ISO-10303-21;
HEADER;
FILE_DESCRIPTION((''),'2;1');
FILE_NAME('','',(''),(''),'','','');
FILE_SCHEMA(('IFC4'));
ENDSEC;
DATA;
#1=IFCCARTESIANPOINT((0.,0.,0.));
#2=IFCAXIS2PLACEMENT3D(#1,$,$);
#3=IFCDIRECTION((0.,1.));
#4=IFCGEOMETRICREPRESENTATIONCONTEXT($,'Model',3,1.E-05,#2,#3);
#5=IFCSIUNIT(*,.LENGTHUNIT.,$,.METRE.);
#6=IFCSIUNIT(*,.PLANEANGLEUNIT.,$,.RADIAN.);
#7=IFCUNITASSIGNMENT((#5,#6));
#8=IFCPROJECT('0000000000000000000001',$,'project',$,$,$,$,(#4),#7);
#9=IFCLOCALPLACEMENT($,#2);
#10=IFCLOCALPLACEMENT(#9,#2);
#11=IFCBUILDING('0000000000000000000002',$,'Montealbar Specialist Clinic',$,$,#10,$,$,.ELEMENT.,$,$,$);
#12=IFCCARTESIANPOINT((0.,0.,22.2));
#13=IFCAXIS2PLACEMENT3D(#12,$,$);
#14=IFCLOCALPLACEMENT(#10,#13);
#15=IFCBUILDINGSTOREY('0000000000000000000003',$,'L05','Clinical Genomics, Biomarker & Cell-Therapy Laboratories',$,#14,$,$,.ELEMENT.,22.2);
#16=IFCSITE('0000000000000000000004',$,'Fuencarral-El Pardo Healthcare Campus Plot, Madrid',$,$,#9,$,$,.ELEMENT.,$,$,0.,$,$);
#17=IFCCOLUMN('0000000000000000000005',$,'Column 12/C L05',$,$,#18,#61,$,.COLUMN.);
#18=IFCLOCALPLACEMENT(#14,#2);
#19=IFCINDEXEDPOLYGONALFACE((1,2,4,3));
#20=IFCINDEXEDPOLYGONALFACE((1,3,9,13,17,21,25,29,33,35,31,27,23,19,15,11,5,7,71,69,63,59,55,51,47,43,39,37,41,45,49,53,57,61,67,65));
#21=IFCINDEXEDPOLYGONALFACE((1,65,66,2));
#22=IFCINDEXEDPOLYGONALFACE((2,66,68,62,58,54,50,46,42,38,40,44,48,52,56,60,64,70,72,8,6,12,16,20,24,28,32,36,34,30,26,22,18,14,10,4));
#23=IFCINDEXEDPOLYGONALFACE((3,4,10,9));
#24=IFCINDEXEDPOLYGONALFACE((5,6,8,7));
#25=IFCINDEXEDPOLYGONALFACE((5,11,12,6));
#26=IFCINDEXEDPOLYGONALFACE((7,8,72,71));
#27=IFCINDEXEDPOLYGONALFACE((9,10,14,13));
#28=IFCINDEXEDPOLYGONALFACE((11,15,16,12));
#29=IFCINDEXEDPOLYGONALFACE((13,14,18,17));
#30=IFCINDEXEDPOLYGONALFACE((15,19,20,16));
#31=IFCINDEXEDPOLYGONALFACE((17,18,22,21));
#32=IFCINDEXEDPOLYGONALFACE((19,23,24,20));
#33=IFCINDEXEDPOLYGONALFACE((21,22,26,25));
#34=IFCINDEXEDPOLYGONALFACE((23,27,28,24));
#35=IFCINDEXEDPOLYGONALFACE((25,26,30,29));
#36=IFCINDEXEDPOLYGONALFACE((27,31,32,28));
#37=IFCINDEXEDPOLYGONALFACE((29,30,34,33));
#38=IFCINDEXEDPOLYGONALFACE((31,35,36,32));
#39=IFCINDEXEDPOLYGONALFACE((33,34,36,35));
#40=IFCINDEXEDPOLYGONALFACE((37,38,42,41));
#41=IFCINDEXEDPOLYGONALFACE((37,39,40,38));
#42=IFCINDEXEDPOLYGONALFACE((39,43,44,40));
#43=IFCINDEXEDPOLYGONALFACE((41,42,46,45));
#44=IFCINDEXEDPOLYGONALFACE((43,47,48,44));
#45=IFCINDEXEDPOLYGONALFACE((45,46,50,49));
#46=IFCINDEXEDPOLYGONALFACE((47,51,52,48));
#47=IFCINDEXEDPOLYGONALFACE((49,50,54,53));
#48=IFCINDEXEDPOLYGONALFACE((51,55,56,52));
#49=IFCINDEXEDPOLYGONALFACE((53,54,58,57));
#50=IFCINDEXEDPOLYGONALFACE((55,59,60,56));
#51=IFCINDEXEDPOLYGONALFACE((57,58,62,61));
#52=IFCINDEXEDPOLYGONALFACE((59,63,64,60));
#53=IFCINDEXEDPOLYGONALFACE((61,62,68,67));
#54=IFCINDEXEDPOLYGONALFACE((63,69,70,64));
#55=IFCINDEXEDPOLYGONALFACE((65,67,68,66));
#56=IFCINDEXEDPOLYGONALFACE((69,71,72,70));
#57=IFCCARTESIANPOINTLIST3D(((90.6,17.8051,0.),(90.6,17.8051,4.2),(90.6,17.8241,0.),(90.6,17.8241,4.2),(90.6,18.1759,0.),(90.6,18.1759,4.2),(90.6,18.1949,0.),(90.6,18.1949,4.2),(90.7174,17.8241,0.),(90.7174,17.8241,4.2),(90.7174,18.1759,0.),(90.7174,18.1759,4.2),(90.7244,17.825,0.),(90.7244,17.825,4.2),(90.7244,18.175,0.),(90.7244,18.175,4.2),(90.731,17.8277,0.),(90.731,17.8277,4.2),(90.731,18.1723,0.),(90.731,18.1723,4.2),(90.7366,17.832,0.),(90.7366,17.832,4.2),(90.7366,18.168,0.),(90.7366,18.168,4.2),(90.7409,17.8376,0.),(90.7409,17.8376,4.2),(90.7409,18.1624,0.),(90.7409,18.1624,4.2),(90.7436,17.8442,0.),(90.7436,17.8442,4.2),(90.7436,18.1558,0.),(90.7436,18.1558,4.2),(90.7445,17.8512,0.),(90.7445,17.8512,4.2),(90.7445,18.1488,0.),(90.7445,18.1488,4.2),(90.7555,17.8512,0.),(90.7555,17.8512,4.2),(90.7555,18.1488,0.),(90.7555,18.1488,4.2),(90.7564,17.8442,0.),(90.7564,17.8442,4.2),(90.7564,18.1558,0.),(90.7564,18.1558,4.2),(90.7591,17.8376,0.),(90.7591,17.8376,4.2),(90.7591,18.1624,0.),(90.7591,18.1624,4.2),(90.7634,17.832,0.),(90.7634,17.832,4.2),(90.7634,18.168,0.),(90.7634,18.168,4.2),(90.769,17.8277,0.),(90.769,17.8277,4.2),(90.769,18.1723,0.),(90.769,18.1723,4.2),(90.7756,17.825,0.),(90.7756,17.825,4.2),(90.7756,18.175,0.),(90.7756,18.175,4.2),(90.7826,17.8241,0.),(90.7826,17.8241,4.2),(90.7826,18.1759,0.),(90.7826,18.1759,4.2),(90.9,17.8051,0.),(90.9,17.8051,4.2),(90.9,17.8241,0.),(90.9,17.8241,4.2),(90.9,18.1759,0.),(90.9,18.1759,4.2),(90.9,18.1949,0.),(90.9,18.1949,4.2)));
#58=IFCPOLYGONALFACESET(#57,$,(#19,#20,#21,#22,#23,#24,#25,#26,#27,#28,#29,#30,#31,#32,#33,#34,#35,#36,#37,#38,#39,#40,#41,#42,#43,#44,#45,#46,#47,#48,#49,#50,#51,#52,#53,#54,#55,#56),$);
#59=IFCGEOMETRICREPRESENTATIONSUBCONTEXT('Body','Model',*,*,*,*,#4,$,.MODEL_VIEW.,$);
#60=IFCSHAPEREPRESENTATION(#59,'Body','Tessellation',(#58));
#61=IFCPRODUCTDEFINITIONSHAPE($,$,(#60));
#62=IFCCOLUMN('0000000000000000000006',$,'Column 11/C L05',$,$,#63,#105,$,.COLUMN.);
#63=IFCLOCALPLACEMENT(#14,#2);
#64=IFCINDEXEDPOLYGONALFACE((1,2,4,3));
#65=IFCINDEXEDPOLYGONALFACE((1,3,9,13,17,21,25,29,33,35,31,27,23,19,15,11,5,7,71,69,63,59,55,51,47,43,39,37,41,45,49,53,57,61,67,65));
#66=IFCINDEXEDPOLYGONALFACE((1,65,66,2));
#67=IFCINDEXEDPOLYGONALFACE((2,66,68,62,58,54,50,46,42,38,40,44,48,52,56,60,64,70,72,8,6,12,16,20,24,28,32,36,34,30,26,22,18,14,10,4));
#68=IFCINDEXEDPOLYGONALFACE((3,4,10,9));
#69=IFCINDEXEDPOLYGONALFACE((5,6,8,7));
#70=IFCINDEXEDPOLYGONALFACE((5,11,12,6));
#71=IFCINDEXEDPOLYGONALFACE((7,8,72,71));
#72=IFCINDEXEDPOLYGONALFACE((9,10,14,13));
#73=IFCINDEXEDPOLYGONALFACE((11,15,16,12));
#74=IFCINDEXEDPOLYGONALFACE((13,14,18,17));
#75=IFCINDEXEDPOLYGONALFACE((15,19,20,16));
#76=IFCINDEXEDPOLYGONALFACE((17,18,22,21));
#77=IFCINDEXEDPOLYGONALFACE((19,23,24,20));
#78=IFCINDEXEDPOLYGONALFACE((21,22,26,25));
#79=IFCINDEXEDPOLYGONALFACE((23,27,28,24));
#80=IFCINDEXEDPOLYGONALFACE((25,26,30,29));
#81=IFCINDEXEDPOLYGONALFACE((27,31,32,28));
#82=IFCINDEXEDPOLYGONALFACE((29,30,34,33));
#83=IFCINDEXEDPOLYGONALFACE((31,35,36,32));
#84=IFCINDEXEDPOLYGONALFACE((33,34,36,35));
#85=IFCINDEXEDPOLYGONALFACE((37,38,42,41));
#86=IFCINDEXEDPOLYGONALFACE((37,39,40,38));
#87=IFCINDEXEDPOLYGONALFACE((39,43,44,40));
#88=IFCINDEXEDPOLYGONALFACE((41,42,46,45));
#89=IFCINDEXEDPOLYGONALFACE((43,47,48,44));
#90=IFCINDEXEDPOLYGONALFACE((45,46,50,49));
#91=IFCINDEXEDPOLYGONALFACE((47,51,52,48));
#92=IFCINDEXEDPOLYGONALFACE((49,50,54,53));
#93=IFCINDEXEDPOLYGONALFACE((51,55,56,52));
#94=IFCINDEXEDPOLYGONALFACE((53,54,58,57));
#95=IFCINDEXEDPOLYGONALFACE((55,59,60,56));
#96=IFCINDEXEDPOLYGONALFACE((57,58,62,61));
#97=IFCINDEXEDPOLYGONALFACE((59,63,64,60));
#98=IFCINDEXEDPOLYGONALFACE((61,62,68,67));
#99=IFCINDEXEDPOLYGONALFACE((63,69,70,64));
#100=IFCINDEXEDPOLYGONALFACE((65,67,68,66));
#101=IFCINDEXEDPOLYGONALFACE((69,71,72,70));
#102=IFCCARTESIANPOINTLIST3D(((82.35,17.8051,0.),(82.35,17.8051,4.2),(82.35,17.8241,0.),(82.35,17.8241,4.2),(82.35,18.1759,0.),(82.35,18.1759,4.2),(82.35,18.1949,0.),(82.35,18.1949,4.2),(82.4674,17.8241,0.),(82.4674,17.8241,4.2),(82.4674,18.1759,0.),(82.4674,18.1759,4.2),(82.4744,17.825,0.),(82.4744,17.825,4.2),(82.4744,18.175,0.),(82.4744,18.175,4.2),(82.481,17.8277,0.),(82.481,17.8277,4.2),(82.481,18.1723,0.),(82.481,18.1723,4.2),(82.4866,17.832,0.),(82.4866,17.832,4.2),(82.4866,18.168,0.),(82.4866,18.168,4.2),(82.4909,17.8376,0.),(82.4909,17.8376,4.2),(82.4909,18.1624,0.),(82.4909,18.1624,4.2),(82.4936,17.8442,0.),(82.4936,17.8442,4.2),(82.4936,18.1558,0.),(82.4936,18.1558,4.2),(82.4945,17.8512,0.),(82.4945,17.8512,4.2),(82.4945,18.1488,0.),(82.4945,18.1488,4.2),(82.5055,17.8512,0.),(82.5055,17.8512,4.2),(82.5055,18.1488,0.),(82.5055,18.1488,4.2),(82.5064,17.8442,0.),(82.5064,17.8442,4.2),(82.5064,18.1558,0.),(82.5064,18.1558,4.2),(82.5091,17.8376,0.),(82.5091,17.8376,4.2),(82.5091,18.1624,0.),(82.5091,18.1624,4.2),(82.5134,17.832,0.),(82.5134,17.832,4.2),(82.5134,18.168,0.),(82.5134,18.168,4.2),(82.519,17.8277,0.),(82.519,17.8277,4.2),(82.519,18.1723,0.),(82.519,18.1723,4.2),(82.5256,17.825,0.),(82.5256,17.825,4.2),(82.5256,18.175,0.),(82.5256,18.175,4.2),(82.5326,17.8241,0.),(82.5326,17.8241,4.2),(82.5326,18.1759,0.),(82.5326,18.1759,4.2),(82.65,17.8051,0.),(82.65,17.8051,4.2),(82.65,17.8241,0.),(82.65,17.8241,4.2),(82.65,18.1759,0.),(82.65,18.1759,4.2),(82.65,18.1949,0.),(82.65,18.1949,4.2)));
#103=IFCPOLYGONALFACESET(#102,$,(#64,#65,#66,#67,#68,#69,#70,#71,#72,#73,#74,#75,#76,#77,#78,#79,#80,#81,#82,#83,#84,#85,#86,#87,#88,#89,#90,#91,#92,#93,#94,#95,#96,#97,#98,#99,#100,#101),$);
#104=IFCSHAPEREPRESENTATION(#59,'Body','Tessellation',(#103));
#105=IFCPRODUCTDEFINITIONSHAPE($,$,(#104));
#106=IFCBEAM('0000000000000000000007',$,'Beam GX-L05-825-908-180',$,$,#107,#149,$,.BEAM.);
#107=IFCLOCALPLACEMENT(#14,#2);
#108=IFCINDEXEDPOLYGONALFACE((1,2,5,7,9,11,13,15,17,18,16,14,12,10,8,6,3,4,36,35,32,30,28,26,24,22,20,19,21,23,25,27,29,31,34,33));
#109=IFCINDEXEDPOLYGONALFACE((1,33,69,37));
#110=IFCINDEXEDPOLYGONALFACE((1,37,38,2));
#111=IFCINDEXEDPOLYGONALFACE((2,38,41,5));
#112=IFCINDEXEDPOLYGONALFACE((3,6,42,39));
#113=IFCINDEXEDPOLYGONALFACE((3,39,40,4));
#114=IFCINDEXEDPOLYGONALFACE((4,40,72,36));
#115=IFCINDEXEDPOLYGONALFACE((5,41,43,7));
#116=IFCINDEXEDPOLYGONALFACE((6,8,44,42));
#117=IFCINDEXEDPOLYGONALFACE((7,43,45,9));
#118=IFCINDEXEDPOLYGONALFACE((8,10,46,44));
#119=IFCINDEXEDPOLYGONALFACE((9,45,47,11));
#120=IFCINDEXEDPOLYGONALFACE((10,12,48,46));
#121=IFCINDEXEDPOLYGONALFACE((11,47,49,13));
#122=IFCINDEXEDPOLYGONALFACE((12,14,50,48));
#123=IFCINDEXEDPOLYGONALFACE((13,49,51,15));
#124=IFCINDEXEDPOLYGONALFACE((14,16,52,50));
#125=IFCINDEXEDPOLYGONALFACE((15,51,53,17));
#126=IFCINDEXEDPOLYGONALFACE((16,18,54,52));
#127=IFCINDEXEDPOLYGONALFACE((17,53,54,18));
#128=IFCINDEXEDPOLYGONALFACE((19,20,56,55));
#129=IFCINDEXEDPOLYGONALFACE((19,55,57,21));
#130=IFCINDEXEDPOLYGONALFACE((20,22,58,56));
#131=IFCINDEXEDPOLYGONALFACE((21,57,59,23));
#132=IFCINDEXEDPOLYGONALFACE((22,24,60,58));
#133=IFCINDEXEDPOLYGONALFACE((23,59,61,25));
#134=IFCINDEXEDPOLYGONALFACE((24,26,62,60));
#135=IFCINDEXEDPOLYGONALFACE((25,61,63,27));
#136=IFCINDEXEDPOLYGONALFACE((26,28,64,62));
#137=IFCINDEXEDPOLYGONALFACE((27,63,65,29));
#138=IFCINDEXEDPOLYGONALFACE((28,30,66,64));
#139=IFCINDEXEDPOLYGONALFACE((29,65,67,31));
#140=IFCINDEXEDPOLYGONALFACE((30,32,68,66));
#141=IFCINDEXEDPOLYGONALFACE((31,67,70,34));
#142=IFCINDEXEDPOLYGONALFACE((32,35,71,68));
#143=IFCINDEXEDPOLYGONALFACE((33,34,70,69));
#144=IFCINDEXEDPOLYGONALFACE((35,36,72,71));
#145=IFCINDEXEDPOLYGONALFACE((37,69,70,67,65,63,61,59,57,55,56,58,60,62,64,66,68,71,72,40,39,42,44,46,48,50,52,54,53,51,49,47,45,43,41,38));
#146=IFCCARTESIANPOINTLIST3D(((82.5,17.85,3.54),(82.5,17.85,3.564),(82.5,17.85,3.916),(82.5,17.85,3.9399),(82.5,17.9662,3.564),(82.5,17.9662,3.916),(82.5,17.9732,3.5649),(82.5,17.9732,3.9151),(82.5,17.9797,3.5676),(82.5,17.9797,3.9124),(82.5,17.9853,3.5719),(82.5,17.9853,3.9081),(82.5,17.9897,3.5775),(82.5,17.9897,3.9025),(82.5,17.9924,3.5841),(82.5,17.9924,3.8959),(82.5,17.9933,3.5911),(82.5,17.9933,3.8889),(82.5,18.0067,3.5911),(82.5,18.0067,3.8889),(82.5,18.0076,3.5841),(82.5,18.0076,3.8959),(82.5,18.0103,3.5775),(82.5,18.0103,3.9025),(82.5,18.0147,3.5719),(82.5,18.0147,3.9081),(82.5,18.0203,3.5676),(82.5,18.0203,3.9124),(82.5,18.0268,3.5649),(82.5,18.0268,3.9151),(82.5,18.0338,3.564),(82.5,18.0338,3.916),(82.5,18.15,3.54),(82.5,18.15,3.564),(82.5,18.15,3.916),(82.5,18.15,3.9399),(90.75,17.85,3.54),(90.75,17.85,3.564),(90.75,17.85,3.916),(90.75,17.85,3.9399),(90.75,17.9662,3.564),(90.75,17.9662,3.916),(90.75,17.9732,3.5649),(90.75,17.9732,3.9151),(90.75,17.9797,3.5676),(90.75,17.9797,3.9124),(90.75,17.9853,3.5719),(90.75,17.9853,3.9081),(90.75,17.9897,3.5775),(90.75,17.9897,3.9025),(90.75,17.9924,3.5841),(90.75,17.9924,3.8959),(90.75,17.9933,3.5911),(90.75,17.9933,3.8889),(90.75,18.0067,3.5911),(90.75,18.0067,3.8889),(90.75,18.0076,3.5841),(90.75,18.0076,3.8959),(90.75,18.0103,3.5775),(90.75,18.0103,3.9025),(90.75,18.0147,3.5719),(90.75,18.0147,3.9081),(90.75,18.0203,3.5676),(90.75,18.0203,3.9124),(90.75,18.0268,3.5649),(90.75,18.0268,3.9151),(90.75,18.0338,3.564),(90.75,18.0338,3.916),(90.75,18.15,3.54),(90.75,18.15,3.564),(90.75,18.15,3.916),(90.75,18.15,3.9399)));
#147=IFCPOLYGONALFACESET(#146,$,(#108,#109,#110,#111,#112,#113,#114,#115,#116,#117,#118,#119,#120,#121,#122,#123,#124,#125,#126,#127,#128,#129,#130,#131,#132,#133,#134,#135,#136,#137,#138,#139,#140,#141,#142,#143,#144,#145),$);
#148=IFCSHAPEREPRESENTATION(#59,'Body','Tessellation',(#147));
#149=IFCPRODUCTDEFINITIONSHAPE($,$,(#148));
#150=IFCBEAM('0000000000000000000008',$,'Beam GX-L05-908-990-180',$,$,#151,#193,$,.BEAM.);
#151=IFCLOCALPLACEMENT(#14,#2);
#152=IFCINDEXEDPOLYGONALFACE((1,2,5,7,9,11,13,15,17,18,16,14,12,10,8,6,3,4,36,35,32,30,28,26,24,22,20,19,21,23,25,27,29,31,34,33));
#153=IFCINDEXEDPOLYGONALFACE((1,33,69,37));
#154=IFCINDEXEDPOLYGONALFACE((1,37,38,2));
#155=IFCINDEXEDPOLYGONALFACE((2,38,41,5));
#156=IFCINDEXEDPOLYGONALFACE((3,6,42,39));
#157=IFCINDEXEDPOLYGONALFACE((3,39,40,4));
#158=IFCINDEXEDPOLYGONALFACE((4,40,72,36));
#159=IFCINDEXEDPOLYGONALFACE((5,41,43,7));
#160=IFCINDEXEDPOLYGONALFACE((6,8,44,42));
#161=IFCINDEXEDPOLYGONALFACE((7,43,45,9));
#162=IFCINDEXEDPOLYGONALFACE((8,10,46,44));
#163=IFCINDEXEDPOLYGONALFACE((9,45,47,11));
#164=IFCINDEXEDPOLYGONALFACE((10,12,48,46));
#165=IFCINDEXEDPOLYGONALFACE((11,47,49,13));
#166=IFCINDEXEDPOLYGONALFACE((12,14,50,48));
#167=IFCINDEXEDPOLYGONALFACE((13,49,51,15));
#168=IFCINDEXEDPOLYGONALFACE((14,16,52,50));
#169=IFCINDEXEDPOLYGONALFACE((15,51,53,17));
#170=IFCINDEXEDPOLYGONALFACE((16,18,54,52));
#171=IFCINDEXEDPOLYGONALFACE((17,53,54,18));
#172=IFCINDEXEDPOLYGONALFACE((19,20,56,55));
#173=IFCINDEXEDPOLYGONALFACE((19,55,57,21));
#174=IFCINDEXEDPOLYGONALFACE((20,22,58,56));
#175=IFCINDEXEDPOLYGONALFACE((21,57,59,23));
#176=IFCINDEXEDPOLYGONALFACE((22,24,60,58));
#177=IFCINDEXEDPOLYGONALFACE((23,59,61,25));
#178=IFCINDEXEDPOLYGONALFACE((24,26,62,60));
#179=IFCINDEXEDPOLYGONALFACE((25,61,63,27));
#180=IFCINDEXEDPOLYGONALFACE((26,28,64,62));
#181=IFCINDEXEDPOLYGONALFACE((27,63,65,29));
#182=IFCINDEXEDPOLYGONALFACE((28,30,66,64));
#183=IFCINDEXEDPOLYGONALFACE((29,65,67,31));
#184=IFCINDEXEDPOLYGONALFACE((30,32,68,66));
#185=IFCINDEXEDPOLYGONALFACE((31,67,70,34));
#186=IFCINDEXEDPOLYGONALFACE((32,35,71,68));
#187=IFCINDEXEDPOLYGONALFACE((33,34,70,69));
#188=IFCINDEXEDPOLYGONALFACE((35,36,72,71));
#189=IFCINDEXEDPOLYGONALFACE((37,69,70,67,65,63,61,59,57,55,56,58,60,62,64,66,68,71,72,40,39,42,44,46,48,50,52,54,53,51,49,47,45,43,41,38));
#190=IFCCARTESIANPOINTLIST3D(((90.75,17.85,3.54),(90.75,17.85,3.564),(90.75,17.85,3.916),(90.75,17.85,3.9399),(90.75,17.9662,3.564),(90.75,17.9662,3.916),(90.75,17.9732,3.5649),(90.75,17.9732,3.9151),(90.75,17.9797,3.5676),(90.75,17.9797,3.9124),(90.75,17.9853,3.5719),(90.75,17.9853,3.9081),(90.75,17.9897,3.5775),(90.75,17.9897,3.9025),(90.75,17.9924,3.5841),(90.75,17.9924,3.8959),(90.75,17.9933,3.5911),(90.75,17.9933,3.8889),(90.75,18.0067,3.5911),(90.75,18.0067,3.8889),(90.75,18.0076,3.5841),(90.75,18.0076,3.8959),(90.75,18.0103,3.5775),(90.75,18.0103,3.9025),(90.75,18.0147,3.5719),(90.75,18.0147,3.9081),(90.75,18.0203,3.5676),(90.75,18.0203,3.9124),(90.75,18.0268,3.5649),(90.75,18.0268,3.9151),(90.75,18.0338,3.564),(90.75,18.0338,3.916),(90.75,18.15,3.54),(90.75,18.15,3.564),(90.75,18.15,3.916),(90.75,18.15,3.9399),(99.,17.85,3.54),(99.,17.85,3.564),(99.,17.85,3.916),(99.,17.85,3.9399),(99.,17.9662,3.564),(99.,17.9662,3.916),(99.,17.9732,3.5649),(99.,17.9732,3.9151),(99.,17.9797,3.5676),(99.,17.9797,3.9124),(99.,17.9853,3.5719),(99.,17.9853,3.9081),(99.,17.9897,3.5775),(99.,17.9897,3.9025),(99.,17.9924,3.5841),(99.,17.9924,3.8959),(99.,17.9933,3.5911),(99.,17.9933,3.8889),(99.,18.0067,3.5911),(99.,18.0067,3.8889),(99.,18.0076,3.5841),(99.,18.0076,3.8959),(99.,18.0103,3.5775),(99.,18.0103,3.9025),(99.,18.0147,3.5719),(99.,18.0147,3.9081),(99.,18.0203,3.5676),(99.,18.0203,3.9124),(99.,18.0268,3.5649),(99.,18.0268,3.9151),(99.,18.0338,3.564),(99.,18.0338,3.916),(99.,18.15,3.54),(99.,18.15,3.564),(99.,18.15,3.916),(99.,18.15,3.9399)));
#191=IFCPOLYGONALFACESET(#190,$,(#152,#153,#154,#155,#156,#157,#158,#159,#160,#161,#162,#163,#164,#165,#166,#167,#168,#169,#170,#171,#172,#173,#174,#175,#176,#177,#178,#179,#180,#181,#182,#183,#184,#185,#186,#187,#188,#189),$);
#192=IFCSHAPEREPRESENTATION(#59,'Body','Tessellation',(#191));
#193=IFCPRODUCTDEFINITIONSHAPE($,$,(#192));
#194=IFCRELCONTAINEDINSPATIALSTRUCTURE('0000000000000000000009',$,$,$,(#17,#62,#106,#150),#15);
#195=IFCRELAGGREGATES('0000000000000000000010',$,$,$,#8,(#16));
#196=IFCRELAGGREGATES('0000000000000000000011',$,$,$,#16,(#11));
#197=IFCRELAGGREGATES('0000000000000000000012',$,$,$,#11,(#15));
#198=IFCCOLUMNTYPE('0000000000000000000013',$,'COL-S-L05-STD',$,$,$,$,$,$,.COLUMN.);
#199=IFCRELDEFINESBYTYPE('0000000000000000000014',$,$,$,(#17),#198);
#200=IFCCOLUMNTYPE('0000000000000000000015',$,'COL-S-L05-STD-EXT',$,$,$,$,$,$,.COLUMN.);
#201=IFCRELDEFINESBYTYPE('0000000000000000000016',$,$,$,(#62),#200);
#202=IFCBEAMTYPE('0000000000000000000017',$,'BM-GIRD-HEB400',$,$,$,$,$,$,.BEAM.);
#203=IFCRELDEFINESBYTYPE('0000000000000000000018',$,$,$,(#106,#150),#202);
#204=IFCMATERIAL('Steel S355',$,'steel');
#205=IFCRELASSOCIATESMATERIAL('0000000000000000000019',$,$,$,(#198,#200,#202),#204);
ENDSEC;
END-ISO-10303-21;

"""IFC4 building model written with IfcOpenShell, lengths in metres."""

from ifc_helpers import new_model, si_unit, direction, frame, origin, origin_2d, place, context, subcontext, project, spatial, i_section, extrude, material, material_profile, profile_set, type_object, element, save


model = new_model("IFC4")

# Units and contexts
model_context = context("Model", 3, precision=1e-05, world=origin(), true_north=direction((0.0, 1.0)))
body_context = subcontext(model_context, "Body", "Model", "MODEL_VIEW")
ifc_project = project(units=[si_unit("LENGTHUNIT", "METRE"), si_unit("PLANEANGLEUNIT", "RADIAN")], contexts=[model_context])

# Site, building, storey
site_placement = place(None, origin())
site = spatial("IfcSite", under=ifc_project, at=site_placement, Name="Fuencarral-El Pardo Healthcare Campus Plot, Madrid", CompositionType="ELEMENT", RefElevation=0.0)
building_placement = place(site_placement, origin())
building = spatial("IfcBuilding", under=site, at=building_placement, Name="Montealbar Specialist Clinic", CompositionType="ELEMENT")
storey_placement = place(building_placement, frame((0.0, 0.0, 22.2)))
storey = spatial("IfcBuildingStorey", under=building, at=storey_placement, Name="L05", Description="Clinical Genomics, Biomarker & Cell-Therapy Laboratories", CompositionType="ELEMENT", Elevation=22.2)

# Columns
ifc_material_1 = material(Name="Steel S355", Category="steel")
ifc_material_profile_1 = material_profile(ifc_material_1, i_section(OverallWidth=0.3, OverallDepth=0.3899, WebThickness=0.011, FlangeThickness=0.019, FilletRadius=0.0271, at=origin_2d()), Name="HEA 400", Category="steel")
ifc_profile_set_1 = profile_set([ifc_material_profile_1], Name="Steel S355")
column_type_1 = type_object("IfcColumnType", Name="COL-S-L05-STD", PredefinedType="COLUMN", material=ifc_profile_set_1)
column_1_placement = place(storey_placement, frame((90.75, 18.0, 0.0), z_axis=(0.0, 0.0, 1.0), x_axis=(1.0, 0.0, 0.0)))
element("IfcColumn", 1, at=column_1_placement, inside=storey, type_object=column_type_1, Name="Column 12/C L05", PredefinedType="COLUMN", context=body_context, shape_type="SweptSolid", body=[
    extrude(i_section(OverallWidth=0.3, OverallDepth=0.3899, WebThickness=0.011, FlangeThickness=0.019, FilletRadius=0.0271, at=origin_2d()), origin(), (0.0, 0.0, 1.0), 4.2),
])
ifc_material_profile_2 = material_profile(ifc_material_1, i_section(OverallWidth=0.3, OverallDepth=0.3899, WebThickness=0.011, FlangeThickness=0.019, FilletRadius=0.0271, at=origin_2d()), Name="HEA 400", Category="steel")
ifc_profile_set_2 = profile_set([ifc_material_profile_2], Name="Steel S355")
column_type_2 = type_object("IfcColumnType", Name="COL-S-L05-STD-EXT", PredefinedType="COLUMN", material=ifc_profile_set_2)
column_2_placement = place(storey_placement, frame((82.5, 18.0, 0.0), z_axis=(0.0, 0.0, 1.0), x_axis=(1.0, 0.0, 0.0)))
element("IfcColumn", 2, at=column_2_placement, inside=storey, type_object=column_type_2, Name="Column 11/C L05", PredefinedType="COLUMN", context=body_context, shape_type="SweptSolid", body=[
    extrude(i_section(OverallWidth=0.3, OverallDepth=0.3899, WebThickness=0.011, FlangeThickness=0.019, FilletRadius=0.0271, at=origin_2d()), origin(), (0.0, 0.0, 1.0), 4.2),
])

# Beams
ifc_material_profile_3 = material_profile(ifc_material_1, i_section(OverallWidth=0.3, OverallDepth=0.3999, WebThickness=0.0134, FlangeThickness=0.0239, FilletRadius=0.0271, at=origin_2d()), Name="HEB 400", Category="steel")
ifc_profile_set_3 = profile_set([ifc_material_profile_3], Name="Steel S355")
beam_type_1 = type_object("IfcBeamType", Name="BM-GIRD-HEB400", PredefinedType="BEAM", material=ifc_profile_set_3)
for number, where, z_axis, x_axis, name in (
    (3, (82.5, 18.0, 3.74), (1.0, 0.0, 0.0), (0.0, 1.0, 0.0), "Beam GX-L05-825-908-180"),
    (4, (90.75, 18.0, 3.74), (1.0, 0.0, 0.0), (0.0, 1.0, 0.0), "Beam GX-L05-908-990-180"),
):
    element("IfcBeam", number, at=place(storey_placement, frame(where, z_axis=z_axis, x_axis=x_axis)), inside=storey, type_object=beam_type_1, Name=name, PredefinedType="BEAM", context=body_context, shape_type="SweptSolid", body=[
        extrude(i_section(OverallWidth=0.3, OverallDepth=0.3999, WebThickness=0.0134, FlangeThickness=0.0239, FilletRadius=0.0271, at=origin_2d()), origin(), (0.0, 0.0, 1.0), 8.25),
    ])

save(model, "model.ifc")
